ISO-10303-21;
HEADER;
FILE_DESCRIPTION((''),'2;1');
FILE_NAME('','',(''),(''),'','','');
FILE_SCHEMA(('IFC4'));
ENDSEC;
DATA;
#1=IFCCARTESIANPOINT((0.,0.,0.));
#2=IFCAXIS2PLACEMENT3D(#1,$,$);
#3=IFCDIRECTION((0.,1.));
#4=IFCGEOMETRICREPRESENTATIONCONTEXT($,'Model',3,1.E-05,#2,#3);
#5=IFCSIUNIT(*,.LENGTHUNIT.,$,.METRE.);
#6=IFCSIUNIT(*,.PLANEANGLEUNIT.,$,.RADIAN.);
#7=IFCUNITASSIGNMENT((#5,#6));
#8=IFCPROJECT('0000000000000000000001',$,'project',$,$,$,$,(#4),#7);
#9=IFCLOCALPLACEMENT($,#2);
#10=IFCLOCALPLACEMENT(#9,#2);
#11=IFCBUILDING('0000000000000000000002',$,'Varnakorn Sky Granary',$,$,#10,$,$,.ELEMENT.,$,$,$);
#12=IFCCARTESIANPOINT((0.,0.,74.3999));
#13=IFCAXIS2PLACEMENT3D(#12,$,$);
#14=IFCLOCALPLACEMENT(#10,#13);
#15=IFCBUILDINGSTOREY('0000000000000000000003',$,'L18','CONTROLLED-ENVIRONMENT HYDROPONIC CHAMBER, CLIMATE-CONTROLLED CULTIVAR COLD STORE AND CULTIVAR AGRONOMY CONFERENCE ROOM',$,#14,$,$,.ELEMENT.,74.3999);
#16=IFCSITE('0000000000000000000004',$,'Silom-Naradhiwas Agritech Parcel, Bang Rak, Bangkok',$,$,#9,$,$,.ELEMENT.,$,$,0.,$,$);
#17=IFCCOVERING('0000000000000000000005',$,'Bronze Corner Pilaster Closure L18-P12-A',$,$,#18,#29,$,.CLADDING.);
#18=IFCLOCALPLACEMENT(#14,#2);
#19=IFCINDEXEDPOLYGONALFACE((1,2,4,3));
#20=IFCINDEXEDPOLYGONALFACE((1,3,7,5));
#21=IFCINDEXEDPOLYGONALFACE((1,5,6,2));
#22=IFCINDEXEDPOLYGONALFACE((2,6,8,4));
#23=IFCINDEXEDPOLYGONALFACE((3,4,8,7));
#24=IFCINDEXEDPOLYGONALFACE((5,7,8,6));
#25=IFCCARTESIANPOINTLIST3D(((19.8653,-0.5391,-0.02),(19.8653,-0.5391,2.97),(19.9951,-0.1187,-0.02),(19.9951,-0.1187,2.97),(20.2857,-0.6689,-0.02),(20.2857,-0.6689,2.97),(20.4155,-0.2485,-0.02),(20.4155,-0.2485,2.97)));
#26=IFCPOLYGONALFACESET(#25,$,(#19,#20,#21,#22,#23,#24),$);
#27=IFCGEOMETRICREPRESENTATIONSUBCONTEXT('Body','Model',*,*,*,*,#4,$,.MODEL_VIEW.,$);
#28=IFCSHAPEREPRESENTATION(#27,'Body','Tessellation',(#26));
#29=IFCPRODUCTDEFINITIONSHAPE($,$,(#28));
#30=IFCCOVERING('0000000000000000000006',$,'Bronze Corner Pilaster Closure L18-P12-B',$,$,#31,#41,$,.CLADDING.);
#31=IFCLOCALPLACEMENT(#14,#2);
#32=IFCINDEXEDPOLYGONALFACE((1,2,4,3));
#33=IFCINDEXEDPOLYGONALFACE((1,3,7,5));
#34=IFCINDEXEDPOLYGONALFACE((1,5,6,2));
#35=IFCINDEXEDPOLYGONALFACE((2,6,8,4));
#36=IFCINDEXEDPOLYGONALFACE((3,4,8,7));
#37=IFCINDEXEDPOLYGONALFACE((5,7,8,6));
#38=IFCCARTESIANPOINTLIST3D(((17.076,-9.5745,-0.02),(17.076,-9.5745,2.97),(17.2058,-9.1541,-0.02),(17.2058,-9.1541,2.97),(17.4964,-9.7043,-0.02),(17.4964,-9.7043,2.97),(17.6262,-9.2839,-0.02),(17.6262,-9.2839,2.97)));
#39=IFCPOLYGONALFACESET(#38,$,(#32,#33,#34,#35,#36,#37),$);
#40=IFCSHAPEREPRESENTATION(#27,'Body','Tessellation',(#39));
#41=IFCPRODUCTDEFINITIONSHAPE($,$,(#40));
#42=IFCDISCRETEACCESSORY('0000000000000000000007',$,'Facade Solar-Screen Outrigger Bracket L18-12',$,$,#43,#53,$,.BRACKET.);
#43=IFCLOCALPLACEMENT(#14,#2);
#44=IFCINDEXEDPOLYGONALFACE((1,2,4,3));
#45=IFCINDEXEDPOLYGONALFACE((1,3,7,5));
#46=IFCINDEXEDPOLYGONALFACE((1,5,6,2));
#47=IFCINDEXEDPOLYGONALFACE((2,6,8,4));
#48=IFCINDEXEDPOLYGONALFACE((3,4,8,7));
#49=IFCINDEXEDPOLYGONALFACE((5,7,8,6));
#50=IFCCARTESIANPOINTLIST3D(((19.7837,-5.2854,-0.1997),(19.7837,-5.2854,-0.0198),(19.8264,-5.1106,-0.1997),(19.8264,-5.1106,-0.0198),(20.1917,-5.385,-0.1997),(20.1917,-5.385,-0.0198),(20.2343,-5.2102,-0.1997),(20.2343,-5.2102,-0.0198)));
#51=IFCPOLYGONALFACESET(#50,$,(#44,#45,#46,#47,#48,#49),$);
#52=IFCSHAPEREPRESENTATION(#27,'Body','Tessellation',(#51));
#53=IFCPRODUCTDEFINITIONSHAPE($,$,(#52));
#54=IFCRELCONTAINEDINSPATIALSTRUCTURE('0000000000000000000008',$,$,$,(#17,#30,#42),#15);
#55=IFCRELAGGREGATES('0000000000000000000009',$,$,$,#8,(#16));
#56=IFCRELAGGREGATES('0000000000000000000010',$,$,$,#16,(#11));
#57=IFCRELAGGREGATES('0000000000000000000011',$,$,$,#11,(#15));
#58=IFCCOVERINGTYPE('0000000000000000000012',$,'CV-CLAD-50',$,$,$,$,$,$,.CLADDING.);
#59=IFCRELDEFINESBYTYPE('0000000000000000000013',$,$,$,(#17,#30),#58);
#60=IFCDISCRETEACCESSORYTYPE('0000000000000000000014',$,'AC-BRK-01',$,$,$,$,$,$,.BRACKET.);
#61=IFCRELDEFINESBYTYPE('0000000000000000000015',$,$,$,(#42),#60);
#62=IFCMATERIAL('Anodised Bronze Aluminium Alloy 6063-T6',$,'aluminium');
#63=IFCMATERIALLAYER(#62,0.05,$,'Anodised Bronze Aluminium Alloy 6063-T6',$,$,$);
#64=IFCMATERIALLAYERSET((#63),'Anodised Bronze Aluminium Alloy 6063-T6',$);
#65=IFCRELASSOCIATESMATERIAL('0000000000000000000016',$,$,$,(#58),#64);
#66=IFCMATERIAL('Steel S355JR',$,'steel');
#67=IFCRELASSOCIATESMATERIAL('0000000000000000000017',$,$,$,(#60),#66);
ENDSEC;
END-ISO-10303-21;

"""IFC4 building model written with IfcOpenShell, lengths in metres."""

from ifc_helpers import new_model, si_unit, direction, frame, origin, origin_2d, place, context, subcontext, project, spatial, rectangle, extrude, source, transform, mapped, material, layer, layer_set, type_object, type_shapes, element, save


model = new_model("IFC4")

# Units and contexts
model_context = context("Model", 3, precision=1e-05, world=origin(), true_north=direction((0.0, 1.0)))
body_context = subcontext(model_context, "Body", "Model", "MODEL_VIEW")
ifc_project = project(units=[si_unit("LENGTHUNIT", "METRE"), si_unit("PLANEANGLEUNIT", "RADIAN")], contexts=[model_context])

# Site, building, storey
site_placement = place(None, origin())
site = spatial("IfcSite", under=ifc_project, at=site_placement, Name="Silom-Naradhiwas Agritech Parcel, Bang Rak, Bangkok", CompositionType="ELEMENT", RefElevation=0.0)
building_placement = place(site_placement, origin())
building = spatial("IfcBuilding", under=site, at=building_placement, Name="Varnakorn Sky Granary", CompositionType="ELEMENT")
storey_placement = place(building_placement, frame((0.0, 0.0, 74.3999)))
storey = spatial("IfcBuildingStorey", under=building, at=storey_placement, Name="L18", Description="CONTROLLED-ENVIRONMENT HYDROPONIC CHAMBER, CLIMATE-CONTROLLED CULTIVAR COLD STORE AND CULTIVAR AGRONOMY CONFERENCE ROOM", CompositionType="ELEMENT", Elevation=74.3999)

# Shared definitions
ifc_material_1 = material(Name="Steel S355JR", Category="steel")

# Shared definitions
ifc_material_2 = material(Name="Anodised Bronze Aluminium Alloy 6063-T6", Category="aluminium")

# Coverings
ifc_layer_1 = layer(ifc_material_2, 0.05, Name="Anodised Bronze Aluminium Alloy 6063-T6")
ifc_layer_set_1 = layer_set([ifc_layer_1], Name="Anodised Bronze Aluminium Alloy 6063-T6")
covering_type = type_object("IfcCoveringType", Name="CV-CLAD-50", PredefinedType="CLADDING", material=ifc_layer_set_1)
shared_shape_1 = source(origin(), body_context, "Body", "SweptSolid", [
    extrude(rectangle(XDim=0.4399, YDim=0.4399, at=origin_2d()), origin(), (0.0, 0.0, 1.0), 2.99),
])
type_shapes(covering_type, [shared_shape_1])
for number, where, z_axis, x_axis, name in (
    (1, (20.1404, -0.3938, -0.02), (0.0, 0.0, 1.0), (-0.295041, -0.955485, 0.0), "Bronze Corner Pilaster Closure L18-P12-A"),
    (2, (17.3511, -9.4292, -0.02), (0.0, 0.0, 1.0), (-0.295041, -0.955485, 0.0), "Bronze Corner Pilaster Closure L18-P12-B"),
):
    element("IfcCovering", number, at=place(storey_placement, frame(where, z_axis=z_axis, x_axis=x_axis)), inside=storey, type_object=covering_type, Name=name, PredefinedType="CLADDING", context=body_context, shape_type="MappedRepresentation", body=[
        mapped(shared_shape_1, transform((0.0, 0.0, 0.0), x_axis=(1.0, 0.0, 0.0), y_axis=(0.0, 1.0, 0.0), z_axis=(0.0, 0.0, 1.0), scale=1.0)),
    ])

# Discrete accessory
discrete_accessory_type = type_object("IfcDiscreteAccessoryType", Name="AC-BRK-01", PredefinedType="BRACKET", material=ifc_material_1)
shared_shape_2 = source(origin(), body_context, "Body", "SweptSolid", [
    extrude(rectangle(XDim=0.1799, YDim=0.4199, at=origin_2d()), origin(), (0.0, 0.0, 1.0), 0.1799),
])
type_shapes(discrete_accessory_type, [shared_shape_2])
discrete_accessory_placement = place(storey_placement, frame((20.009, -5.2478, -0.1997), z_axis=(0.0, 0.0, 1.0), x_axis=(0.237027, 0.971503, 0.0)))
element("IfcDiscreteAccessory", 3, at=discrete_accessory_placement, inside=storey, type_object=discrete_accessory_type, Name="Facade Solar-Screen Outrigger Bracket L18-12", PredefinedType="BRACKET", context=body_context, shape_type="MappedRepresentation", body=[
    mapped(shared_shape_2, transform((0.0, 0.0, 0.0), x_axis=(1.0, 0.0, 0.0), y_axis=(0.0, 1.0, 0.0), z_axis=(0.0, 0.0, 1.0), scale=1.0)),
])

save(model, "model.ifc")
